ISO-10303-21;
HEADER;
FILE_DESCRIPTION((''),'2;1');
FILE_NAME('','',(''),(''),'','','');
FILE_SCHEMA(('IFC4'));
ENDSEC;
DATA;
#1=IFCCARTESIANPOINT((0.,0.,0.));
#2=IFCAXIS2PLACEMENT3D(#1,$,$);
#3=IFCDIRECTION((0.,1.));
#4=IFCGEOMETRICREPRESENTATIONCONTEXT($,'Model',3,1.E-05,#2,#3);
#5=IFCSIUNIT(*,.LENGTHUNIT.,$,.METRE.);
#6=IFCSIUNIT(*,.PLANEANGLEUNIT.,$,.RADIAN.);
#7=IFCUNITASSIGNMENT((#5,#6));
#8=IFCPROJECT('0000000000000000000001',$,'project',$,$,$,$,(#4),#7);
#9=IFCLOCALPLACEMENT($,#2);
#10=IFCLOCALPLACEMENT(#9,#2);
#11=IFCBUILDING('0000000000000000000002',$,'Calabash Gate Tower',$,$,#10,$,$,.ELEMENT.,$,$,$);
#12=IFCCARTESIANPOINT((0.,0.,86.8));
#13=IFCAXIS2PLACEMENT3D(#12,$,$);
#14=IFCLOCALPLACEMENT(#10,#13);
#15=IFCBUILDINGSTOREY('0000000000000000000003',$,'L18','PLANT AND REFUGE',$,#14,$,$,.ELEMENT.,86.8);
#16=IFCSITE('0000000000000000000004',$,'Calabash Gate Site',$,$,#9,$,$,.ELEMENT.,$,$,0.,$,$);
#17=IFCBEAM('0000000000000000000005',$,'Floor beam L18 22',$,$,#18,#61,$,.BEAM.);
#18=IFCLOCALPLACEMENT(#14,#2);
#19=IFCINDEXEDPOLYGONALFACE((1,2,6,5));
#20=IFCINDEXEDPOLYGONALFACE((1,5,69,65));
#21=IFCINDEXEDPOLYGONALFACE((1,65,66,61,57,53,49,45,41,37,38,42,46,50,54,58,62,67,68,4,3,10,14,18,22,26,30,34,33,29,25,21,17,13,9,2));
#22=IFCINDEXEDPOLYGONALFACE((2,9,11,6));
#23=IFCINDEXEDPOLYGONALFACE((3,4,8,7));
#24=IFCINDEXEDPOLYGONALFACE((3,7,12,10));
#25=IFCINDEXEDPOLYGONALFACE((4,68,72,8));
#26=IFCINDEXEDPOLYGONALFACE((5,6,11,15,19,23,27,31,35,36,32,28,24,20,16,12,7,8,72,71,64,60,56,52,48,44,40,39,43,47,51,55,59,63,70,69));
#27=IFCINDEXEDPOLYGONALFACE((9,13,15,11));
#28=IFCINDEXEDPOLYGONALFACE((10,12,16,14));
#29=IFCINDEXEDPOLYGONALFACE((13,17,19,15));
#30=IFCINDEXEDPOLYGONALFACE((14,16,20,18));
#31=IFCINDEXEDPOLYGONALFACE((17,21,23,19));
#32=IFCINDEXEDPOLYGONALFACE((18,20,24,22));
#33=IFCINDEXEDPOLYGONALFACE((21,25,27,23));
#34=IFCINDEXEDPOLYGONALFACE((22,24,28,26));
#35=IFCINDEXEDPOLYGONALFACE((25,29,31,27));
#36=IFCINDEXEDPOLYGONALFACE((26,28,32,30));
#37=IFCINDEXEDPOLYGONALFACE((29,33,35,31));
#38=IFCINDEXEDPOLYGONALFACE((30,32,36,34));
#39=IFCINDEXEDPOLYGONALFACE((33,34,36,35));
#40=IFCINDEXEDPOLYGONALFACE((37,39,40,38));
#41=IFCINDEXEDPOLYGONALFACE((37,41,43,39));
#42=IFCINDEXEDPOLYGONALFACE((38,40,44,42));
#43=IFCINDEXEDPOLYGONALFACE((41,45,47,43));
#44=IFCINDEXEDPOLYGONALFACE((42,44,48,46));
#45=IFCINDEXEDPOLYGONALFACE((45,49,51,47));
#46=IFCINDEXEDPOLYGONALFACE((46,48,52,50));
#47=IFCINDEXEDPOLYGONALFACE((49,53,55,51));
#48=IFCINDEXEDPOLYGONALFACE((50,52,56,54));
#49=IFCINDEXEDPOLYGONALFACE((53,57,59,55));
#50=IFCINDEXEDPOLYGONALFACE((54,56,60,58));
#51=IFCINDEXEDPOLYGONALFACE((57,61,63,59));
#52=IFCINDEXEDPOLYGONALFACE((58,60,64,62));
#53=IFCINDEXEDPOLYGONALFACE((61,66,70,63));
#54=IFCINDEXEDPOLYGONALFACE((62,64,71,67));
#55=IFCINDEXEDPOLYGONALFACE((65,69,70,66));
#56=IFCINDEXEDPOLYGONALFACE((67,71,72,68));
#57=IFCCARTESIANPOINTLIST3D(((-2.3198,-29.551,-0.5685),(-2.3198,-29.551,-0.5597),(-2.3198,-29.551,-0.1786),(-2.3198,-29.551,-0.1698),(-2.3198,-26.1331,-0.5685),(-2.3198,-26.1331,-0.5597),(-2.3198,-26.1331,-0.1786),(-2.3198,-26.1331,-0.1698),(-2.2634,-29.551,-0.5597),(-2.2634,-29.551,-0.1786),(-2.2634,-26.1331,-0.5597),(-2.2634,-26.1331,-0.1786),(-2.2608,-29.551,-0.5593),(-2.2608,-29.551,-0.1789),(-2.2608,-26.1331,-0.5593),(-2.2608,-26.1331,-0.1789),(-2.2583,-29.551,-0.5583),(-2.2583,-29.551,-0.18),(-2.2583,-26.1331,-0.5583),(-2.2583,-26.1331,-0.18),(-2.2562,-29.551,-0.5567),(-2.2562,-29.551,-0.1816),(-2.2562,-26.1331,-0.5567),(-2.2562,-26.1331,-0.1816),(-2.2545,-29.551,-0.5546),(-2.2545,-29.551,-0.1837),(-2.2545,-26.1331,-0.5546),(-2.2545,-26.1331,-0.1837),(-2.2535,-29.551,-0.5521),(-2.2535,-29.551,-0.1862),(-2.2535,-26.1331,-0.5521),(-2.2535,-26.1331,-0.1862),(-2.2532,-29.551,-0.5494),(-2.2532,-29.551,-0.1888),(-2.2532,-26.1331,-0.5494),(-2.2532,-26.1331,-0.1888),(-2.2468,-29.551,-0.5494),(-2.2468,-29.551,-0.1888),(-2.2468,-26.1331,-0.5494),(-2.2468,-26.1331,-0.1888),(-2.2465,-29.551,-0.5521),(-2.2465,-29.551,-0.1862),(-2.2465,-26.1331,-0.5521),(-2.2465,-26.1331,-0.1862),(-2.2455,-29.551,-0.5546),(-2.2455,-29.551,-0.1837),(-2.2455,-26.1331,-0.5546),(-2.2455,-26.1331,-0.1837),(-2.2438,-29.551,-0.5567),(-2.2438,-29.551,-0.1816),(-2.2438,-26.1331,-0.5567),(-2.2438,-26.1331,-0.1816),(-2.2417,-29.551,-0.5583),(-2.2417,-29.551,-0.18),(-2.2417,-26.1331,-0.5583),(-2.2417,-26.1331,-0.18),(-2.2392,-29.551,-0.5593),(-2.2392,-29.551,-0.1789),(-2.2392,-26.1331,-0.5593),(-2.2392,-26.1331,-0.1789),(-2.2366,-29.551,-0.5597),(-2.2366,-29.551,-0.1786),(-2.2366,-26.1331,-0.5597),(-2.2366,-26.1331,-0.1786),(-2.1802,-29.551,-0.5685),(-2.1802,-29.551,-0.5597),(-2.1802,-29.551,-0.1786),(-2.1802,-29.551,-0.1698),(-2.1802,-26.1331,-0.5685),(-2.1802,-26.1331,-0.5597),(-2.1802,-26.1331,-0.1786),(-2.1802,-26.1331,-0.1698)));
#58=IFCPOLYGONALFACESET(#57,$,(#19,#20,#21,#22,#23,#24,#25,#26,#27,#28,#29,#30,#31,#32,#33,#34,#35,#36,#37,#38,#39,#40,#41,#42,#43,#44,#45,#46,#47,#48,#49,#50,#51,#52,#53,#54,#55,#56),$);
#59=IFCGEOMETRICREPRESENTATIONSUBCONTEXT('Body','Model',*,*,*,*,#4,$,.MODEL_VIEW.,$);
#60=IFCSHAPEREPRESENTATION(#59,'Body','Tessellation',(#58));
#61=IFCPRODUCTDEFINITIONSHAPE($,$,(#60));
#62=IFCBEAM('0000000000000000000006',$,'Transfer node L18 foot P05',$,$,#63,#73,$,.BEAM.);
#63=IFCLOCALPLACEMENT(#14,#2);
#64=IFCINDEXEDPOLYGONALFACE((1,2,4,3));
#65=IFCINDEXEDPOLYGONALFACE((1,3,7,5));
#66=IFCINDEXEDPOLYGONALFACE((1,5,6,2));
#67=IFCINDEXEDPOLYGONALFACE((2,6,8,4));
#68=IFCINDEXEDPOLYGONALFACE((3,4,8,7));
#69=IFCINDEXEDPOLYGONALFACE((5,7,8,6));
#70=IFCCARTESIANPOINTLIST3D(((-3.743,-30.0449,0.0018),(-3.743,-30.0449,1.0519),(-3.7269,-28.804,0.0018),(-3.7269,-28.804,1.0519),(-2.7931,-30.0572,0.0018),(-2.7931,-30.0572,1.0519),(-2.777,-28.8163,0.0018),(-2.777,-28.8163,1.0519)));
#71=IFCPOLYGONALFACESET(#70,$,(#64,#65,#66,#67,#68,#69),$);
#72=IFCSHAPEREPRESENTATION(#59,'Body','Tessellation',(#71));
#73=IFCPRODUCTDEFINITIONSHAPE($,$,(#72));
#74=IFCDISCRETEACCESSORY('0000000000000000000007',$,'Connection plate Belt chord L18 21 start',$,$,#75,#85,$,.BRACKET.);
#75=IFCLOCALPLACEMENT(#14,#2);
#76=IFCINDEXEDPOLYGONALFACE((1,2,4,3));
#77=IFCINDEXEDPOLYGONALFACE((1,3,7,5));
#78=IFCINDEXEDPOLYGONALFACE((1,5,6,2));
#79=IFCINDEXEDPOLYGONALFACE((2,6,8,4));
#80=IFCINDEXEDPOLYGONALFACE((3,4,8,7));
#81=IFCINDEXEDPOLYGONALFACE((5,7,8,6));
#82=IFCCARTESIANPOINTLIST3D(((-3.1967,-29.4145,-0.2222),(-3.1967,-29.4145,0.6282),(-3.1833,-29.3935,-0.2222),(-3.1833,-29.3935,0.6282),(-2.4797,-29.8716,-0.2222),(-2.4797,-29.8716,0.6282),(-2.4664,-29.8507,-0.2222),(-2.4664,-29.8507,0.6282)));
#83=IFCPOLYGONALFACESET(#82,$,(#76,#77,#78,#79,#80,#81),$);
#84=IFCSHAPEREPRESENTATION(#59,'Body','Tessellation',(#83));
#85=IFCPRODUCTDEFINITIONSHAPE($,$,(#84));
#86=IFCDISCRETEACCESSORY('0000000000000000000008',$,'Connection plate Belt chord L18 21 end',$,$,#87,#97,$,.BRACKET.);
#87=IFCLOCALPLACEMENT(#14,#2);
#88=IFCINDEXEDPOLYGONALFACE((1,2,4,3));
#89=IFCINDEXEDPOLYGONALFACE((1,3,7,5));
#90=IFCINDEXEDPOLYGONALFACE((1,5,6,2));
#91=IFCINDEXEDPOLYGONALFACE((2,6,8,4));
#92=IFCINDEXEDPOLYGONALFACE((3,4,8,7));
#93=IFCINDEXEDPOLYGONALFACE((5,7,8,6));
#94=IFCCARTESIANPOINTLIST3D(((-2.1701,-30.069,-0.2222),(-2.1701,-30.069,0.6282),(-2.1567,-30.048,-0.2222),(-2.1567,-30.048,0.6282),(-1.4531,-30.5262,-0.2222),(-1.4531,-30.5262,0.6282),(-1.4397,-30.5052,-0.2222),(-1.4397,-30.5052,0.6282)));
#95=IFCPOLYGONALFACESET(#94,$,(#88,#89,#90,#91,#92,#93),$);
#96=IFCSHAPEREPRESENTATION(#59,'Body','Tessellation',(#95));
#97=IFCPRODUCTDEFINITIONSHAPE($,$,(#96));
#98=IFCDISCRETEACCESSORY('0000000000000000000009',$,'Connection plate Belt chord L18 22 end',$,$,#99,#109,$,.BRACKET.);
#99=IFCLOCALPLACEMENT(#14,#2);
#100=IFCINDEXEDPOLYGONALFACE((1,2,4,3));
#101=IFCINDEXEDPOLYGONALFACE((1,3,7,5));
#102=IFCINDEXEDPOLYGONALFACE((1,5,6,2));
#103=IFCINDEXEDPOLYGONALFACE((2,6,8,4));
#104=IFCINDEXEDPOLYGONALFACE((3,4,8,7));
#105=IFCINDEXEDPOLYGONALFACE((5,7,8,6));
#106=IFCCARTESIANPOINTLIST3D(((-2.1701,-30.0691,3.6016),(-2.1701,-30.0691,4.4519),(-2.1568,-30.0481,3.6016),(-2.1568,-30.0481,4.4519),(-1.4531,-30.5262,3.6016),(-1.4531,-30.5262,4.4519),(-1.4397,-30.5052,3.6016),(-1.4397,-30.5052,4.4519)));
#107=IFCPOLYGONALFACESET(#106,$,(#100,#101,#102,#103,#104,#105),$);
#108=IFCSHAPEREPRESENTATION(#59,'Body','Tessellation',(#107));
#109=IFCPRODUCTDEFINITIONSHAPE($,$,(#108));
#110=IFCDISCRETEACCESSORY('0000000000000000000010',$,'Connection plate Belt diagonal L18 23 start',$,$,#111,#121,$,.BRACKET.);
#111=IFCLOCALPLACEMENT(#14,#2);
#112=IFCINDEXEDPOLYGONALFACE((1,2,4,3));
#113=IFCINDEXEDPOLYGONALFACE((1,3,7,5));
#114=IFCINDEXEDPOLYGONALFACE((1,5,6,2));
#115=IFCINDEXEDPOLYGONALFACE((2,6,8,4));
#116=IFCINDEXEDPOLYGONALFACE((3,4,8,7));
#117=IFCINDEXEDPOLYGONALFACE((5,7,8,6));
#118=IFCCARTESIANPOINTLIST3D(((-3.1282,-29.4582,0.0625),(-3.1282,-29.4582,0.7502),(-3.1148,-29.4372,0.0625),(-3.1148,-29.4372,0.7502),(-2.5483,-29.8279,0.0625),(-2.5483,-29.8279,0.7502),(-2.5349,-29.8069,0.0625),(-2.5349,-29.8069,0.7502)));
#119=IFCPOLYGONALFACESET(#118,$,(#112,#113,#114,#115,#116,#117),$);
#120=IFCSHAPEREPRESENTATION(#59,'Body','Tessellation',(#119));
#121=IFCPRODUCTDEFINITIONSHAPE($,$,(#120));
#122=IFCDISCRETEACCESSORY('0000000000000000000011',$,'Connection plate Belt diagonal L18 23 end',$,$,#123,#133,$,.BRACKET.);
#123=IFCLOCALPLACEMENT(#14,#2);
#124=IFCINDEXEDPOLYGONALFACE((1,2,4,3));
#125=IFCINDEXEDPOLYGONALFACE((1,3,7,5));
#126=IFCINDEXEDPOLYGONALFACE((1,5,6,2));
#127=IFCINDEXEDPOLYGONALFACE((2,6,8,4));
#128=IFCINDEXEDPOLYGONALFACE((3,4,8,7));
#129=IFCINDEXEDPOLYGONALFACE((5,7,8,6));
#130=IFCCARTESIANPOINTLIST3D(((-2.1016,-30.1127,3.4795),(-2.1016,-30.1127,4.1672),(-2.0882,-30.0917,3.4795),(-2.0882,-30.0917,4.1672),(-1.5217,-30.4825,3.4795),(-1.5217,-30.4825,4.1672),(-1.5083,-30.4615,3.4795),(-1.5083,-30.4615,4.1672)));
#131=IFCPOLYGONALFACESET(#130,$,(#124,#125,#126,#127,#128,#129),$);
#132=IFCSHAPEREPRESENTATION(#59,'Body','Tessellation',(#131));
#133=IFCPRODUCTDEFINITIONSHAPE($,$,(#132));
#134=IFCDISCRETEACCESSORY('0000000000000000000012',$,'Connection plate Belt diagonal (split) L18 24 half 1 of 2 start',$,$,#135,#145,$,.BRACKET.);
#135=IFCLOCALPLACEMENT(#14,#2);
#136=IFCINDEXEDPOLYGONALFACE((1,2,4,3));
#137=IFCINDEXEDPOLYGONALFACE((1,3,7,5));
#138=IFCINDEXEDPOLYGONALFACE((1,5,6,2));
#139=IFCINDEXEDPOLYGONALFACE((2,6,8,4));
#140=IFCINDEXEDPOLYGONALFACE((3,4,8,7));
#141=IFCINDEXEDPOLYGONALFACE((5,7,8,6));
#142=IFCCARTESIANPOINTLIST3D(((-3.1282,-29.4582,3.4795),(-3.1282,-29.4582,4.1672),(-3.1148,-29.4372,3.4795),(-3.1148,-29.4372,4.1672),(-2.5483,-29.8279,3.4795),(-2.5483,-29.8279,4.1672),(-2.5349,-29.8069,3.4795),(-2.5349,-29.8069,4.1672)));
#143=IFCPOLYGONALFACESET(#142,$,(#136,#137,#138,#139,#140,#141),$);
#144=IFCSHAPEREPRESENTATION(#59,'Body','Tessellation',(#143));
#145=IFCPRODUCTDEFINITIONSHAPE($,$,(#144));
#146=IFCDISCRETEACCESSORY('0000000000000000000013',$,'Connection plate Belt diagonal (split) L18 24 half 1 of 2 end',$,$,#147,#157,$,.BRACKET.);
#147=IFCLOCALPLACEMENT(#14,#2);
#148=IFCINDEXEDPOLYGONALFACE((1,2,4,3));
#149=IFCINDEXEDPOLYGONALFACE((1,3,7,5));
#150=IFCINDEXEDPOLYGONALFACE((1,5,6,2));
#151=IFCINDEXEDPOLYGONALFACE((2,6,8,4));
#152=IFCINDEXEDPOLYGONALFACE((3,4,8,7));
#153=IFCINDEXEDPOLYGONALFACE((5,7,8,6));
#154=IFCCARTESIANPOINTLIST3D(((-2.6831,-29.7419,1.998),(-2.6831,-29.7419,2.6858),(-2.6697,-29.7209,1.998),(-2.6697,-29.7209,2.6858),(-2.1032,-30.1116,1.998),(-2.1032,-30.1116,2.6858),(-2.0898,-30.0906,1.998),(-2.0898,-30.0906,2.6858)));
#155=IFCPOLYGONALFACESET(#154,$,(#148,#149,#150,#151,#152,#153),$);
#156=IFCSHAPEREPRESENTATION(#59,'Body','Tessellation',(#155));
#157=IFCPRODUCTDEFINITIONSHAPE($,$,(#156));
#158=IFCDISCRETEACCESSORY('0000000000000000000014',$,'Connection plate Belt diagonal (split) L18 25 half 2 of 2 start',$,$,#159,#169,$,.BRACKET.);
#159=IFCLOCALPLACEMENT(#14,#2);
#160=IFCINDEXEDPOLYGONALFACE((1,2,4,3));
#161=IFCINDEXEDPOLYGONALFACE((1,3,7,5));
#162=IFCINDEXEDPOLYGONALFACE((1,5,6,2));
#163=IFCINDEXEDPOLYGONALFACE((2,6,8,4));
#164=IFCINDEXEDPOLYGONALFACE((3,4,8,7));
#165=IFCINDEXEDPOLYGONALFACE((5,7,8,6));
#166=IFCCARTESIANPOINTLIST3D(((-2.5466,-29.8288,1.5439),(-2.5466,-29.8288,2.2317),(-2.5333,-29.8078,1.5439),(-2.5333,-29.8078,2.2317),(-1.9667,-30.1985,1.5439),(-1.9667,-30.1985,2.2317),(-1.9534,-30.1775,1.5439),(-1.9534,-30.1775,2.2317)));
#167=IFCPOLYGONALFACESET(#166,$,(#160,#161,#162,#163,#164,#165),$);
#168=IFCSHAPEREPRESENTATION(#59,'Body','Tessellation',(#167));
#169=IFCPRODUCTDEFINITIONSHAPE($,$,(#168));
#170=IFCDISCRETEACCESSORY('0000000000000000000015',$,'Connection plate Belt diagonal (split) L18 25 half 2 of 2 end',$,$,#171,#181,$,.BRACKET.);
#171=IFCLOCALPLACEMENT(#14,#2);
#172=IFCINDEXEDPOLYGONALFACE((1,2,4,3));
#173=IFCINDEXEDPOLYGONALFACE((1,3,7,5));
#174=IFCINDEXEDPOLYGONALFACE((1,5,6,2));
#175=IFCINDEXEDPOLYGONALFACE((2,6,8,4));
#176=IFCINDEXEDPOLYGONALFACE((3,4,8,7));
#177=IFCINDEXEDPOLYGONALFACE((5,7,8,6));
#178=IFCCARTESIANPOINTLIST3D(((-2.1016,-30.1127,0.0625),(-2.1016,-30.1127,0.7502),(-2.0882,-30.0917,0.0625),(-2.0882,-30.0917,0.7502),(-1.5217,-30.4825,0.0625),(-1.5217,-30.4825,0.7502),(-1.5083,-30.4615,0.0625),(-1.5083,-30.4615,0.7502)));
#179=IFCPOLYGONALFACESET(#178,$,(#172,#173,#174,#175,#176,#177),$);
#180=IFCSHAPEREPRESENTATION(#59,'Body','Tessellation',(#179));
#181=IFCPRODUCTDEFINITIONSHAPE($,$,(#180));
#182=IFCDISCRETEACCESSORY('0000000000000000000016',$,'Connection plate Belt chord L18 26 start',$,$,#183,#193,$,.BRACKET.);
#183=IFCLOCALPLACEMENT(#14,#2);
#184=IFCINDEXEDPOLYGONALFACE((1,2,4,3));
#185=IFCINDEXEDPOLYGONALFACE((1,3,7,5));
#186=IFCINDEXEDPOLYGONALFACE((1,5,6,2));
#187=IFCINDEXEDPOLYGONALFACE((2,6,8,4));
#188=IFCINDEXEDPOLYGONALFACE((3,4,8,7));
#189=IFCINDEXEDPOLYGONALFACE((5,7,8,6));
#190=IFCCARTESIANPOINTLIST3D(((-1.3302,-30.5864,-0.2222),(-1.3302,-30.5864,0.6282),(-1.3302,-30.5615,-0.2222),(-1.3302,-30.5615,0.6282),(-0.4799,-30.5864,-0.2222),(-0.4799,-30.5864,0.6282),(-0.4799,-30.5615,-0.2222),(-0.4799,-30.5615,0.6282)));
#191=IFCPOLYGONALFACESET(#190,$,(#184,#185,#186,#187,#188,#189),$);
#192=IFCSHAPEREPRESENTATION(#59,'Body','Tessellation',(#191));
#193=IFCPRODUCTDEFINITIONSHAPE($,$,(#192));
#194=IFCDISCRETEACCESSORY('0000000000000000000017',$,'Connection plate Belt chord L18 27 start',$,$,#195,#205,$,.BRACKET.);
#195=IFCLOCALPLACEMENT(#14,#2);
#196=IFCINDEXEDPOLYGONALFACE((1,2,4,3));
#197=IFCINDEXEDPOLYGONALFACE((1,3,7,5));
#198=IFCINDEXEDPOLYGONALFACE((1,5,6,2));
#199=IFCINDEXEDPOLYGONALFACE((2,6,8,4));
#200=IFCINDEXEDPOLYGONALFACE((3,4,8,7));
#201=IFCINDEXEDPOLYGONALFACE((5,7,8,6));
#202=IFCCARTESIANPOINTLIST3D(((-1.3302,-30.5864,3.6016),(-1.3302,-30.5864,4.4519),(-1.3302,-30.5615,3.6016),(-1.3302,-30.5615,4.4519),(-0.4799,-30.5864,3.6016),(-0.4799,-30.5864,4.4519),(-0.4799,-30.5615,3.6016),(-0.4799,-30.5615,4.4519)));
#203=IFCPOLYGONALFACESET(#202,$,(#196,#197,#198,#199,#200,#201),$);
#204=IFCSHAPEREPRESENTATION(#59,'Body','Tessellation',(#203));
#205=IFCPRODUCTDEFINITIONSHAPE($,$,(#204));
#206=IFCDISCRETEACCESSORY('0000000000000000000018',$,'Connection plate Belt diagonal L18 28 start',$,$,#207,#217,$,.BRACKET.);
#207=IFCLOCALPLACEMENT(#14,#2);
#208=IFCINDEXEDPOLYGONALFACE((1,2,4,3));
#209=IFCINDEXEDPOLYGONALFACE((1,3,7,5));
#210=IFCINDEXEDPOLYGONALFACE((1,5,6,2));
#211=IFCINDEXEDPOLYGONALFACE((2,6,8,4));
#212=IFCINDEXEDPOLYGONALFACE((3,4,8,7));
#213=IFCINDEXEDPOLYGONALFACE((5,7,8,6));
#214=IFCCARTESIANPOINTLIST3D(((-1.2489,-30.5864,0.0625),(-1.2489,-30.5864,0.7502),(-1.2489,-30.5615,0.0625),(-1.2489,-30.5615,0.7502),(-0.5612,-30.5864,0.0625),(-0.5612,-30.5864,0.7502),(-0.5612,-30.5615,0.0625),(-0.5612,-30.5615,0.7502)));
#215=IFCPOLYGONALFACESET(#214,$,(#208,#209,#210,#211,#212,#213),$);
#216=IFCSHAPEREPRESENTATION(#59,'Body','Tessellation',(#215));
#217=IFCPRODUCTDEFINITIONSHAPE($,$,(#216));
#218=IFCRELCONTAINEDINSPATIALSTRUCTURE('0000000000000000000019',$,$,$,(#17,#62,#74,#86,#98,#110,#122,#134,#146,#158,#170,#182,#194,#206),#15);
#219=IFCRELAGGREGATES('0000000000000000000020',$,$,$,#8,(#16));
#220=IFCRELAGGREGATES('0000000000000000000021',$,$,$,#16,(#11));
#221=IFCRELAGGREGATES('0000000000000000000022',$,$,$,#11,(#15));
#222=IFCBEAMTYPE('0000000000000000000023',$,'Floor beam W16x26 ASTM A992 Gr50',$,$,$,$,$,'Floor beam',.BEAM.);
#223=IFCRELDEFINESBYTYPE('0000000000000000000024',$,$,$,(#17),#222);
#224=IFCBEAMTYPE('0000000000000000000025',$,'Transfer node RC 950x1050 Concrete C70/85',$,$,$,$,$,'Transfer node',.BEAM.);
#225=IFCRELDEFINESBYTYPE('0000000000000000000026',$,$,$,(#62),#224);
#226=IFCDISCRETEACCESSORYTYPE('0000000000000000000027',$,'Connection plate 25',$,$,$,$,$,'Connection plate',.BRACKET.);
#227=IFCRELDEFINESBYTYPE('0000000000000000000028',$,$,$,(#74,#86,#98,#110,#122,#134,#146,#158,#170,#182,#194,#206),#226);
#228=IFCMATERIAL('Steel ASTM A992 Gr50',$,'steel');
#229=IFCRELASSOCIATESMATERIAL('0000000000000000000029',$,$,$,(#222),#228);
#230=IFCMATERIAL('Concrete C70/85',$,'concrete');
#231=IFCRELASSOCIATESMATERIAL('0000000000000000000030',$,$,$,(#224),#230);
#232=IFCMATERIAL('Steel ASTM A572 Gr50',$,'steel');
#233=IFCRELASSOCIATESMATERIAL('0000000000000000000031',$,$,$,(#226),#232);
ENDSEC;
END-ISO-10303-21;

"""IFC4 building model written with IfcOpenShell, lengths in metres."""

from ifc_helpers import new_model, si_unit, direction, frame, origin, origin_2d, place, context, subcontext, project, spatial, rectangle, i_section, extrude, material, material_profile, profile_set, type_object, element, save


model = new_model("IFC4")

# Units and contexts
model_context = context("Model", 3, precision=1e-05, world=origin(), true_north=direction((0.0, 1.0)))
body_context = subcontext(model_context, "Body", "Model", "MODEL_VIEW")
ifc_project = project(units=[si_unit("LENGTHUNIT", "METRE"), si_unit("PLANEANGLEUNIT", "RADIAN")], contexts=[model_context])

# Site, building, storey
site_placement = place(None, origin())
site = spatial("IfcSite", under=ifc_project, at=site_placement, Name="Calabash Gate Site", CompositionType="ELEMENT", RefElevation=0.0)
building_placement = place(site_placement, origin())
building = spatial("IfcBuilding", under=site, at=building_placement, Name="Calabash Gate Tower", CompositionType="ELEMENT")
storey_placement = place(building_placement, frame((0.0, 0.0, 86.8)))
storey = spatial("IfcBuildingStorey", under=building, at=storey_placement, Name="L18", Description="PLANT AND REFUGE", CompositionType="ELEMENT", Elevation=86.8)

# Beams
ifc_material_1 = material(Name="Steel ASTM A992 Gr50", Category="steel")
ifc_material_profile_1 = material_profile(ifc_material_1, i_section(OverallWidth=0.1396, OverallDepth=0.3987, WebThickness=0.0063, FlangeThickness=0.0088, FilletRadius=0.0103, at=origin_2d()))
ifc_profile_set_1 = profile_set([ifc_material_profile_1], Name="Steel ASTM A992 Gr50")
beam_type_1 = type_object("IfcBeamType", Name="Floor beam W16x26 ASTM A992 Gr50", ElementType="Floor beam", PredefinedType="BEAM", material=ifc_profile_set_1)
beam_1_placement = place(storey_placement, frame((-2.25, -29.551, -0.3691), z_axis=(0.0, 1.0, 0.0), x_axis=(-1.0, 0.0, 0.0)))
element("IfcBeam", 1, at=beam_1_placement, inside=storey, type_object=beam_type_1, Name="Floor beam L18 22", PredefinedType="BEAM", context=body_context, shape_type="SweptSolid", body=[
    extrude(i_section(OverallWidth=0.1396, OverallDepth=0.3987, WebThickness=0.0063, FlangeThickness=0.0088, FilletRadius=0.0103, at=origin_2d()), origin(), (0.0, 0.0, 1.0), 3.418),
])
ifc_material_2 = material(Name="Concrete C70/85", Category="concrete")
ifc_material_profile_2 = material_profile(ifc_material_2, rectangle(XDim=0.95, YDim=1.05, at=origin_2d()))
ifc_profile_set_2 = profile_set([ifc_material_profile_2], Name="Concrete C70/85")
beam_type_2 = type_object("IfcBeamType", Name="Transfer node RC 950x1050 Concrete C70/85", ElementType="Transfer node", PredefinedType="BEAM", material=ifc_profile_set_2)
beam_2_placement = place(storey_placement, frame((-3.2681, -30.051, 0.5269), z_axis=(0.012983, 0.999916, 0.0), x_axis=(-0.999916, 0.012983, 0.0)))
element("IfcBeam", 2, at=beam_2_placement, inside=storey, type_object=beam_type_2, Name="Transfer node L18 foot P05", PredefinedType="BEAM", context=body_context, shape_type="SweptSolid", body=[
    extrude(rectangle(XDim=0.95, YDim=1.05, at=origin_2d()), origin(), (0.0, 0.0, 1.0), 1.241),
])

# Discrete accessories
ifc_material_3 = material(Name="Steel ASTM A572 Gr50", Category="steel")
discrete_accessory_type = type_object("IfcDiscreteAccessoryType", Name="Connection plate 25", ElementType="Connection plate", PredefinedType="BRACKET", material=ifc_material_3)
for number, where, z_axis, x_axis, name in (
    (3, (-2.8315, -29.6326, -0.2222), (0.0, 0.0, 1.0), (0.843187, -0.53762, 0.0), "Connection plate Belt chord L18 21 start"),
    (4, (-1.8049, -30.2871, -0.2222), (0.0, 0.0, 1.0), (0.843187, -0.53762, 0.0), "Connection plate Belt chord L18 21 end"),
    (5, (-1.8049, -30.2871, 3.6016), (0.0, 0.0, 1.0), (0.843245, -0.537529, 0.0), "Connection plate Belt chord L18 22 end"),
):
    element("IfcDiscreteAccessory", number, at=place(storey_placement, frame(where, z_axis=z_axis, x_axis=x_axis)), inside=storey, type_object=discrete_accessory_type, Name=name, PredefinedType="BRACKET", context=body_context, shape_type="SweptSolid", body=[
        extrude(rectangle(XDim=0.8503, YDim=0.0249, at=origin_2d()), origin(), (0.0, 0.0, 1.0), 0.8503),
    ])
for number, where, z_axis, x_axis, name in (
    (6, (-2.8315, -29.6326, 0.0625), (0.0, 0.0, 1.0), (0.843187, -0.53762, 0.0), "Connection plate Belt diagonal L18 23 start"),
    (7, (-1.8049, -30.2871, 3.4795), (0.0, 0.0, 1.0), (0.843187, -0.53762, 0.0), "Connection plate Belt diagonal L18 23 end"),
    (8, (-2.8315, -29.6326, 3.4795), (0.0, 0.0, 1.0), (0.843187, -0.53762, 0.0), "Connection plate Belt diagonal (split) L18 24 half 1 of 2 start"),
    (9, (-2.3865, -29.9163, 1.998), (0.0, 0.0, 1.0), (0.843187, -0.53762, 0.0), "Connection plate Belt diagonal (split) L18 24 half 1 of 2 end"),
    (10, (-2.25, -30.0032, 1.5439), (0.0, 0.0, 1.0), (0.843187, -0.53762, 0.0), "Connection plate Belt diagonal (split) L18 25 half 2 of 2 start"),
    (11, (-1.8049, -30.2871, 0.0625), (0.0, 0.0, 1.0), (0.843187, -0.53762, 0.0), "Connection plate Belt diagonal (split) L18 25 half 2 of 2 end"),
):
    element("IfcDiscreteAccessory", number, at=place(storey_placement, frame(where, z_axis=z_axis, x_axis=x_axis)), inside=storey, type_object=discrete_accessory_type, Name=name, PredefinedType="BRACKET", context=body_context, shape_type="SweptSolid", body=[
        extrude(rectangle(XDim=0.6877, YDim=0.0249, at=origin_2d()), origin(), (0.0, 0.0, 1.0), 0.6877),
    ])
for number, where, z_axis, x_axis, name in (
    (12, (-0.905, -30.574, -0.2222), (0.0, 0.0, 1.0), (1.0, 0.0, 0.0), "Connection plate Belt chord L18 26 start"),
    (13, (-0.905, -30.574, 3.6016), (0.0, 0.0, 1.0), (1.0, 0.0, 0.0), "Connection plate Belt chord L18 27 start"),
):
    element("IfcDiscreteAccessory", number, at=place(storey_placement, frame(where, z_axis=z_axis, x_axis=x_axis)), inside=storey, type_object=discrete_accessory_type, Name=name, PredefinedType="BRACKET", context=body_context, shape_type="SweptSolid", body=[
        extrude(rectangle(XDim=0.8503, YDim=0.0249, at=origin_2d()), origin(), (0.0, 0.0, 1.0), 0.8503),
    ])
for number, where, z_axis, x_axis, name in (
    (14, (-0.905, -30.574, 0.0625), (0.0, 0.0, 1.0), (1.0, 0.0, 0.0), "Connection plate Belt diagonal L18 28 start"),
):
    element("IfcDiscreteAccessory", number, at=place(storey_placement, frame(where, z_axis=z_axis, x_axis=x_axis)), inside=storey, type_object=discrete_accessory_type, Name=name, PredefinedType="BRACKET", context=body_context, shape_type="SweptSolid", body=[
        extrude(rectangle(XDim=0.6877, YDim=0.0249, at=origin_2d()), origin(), (0.0, 0.0, 1.0), 0.6877),
    ])

save(model, "model.ifc")
